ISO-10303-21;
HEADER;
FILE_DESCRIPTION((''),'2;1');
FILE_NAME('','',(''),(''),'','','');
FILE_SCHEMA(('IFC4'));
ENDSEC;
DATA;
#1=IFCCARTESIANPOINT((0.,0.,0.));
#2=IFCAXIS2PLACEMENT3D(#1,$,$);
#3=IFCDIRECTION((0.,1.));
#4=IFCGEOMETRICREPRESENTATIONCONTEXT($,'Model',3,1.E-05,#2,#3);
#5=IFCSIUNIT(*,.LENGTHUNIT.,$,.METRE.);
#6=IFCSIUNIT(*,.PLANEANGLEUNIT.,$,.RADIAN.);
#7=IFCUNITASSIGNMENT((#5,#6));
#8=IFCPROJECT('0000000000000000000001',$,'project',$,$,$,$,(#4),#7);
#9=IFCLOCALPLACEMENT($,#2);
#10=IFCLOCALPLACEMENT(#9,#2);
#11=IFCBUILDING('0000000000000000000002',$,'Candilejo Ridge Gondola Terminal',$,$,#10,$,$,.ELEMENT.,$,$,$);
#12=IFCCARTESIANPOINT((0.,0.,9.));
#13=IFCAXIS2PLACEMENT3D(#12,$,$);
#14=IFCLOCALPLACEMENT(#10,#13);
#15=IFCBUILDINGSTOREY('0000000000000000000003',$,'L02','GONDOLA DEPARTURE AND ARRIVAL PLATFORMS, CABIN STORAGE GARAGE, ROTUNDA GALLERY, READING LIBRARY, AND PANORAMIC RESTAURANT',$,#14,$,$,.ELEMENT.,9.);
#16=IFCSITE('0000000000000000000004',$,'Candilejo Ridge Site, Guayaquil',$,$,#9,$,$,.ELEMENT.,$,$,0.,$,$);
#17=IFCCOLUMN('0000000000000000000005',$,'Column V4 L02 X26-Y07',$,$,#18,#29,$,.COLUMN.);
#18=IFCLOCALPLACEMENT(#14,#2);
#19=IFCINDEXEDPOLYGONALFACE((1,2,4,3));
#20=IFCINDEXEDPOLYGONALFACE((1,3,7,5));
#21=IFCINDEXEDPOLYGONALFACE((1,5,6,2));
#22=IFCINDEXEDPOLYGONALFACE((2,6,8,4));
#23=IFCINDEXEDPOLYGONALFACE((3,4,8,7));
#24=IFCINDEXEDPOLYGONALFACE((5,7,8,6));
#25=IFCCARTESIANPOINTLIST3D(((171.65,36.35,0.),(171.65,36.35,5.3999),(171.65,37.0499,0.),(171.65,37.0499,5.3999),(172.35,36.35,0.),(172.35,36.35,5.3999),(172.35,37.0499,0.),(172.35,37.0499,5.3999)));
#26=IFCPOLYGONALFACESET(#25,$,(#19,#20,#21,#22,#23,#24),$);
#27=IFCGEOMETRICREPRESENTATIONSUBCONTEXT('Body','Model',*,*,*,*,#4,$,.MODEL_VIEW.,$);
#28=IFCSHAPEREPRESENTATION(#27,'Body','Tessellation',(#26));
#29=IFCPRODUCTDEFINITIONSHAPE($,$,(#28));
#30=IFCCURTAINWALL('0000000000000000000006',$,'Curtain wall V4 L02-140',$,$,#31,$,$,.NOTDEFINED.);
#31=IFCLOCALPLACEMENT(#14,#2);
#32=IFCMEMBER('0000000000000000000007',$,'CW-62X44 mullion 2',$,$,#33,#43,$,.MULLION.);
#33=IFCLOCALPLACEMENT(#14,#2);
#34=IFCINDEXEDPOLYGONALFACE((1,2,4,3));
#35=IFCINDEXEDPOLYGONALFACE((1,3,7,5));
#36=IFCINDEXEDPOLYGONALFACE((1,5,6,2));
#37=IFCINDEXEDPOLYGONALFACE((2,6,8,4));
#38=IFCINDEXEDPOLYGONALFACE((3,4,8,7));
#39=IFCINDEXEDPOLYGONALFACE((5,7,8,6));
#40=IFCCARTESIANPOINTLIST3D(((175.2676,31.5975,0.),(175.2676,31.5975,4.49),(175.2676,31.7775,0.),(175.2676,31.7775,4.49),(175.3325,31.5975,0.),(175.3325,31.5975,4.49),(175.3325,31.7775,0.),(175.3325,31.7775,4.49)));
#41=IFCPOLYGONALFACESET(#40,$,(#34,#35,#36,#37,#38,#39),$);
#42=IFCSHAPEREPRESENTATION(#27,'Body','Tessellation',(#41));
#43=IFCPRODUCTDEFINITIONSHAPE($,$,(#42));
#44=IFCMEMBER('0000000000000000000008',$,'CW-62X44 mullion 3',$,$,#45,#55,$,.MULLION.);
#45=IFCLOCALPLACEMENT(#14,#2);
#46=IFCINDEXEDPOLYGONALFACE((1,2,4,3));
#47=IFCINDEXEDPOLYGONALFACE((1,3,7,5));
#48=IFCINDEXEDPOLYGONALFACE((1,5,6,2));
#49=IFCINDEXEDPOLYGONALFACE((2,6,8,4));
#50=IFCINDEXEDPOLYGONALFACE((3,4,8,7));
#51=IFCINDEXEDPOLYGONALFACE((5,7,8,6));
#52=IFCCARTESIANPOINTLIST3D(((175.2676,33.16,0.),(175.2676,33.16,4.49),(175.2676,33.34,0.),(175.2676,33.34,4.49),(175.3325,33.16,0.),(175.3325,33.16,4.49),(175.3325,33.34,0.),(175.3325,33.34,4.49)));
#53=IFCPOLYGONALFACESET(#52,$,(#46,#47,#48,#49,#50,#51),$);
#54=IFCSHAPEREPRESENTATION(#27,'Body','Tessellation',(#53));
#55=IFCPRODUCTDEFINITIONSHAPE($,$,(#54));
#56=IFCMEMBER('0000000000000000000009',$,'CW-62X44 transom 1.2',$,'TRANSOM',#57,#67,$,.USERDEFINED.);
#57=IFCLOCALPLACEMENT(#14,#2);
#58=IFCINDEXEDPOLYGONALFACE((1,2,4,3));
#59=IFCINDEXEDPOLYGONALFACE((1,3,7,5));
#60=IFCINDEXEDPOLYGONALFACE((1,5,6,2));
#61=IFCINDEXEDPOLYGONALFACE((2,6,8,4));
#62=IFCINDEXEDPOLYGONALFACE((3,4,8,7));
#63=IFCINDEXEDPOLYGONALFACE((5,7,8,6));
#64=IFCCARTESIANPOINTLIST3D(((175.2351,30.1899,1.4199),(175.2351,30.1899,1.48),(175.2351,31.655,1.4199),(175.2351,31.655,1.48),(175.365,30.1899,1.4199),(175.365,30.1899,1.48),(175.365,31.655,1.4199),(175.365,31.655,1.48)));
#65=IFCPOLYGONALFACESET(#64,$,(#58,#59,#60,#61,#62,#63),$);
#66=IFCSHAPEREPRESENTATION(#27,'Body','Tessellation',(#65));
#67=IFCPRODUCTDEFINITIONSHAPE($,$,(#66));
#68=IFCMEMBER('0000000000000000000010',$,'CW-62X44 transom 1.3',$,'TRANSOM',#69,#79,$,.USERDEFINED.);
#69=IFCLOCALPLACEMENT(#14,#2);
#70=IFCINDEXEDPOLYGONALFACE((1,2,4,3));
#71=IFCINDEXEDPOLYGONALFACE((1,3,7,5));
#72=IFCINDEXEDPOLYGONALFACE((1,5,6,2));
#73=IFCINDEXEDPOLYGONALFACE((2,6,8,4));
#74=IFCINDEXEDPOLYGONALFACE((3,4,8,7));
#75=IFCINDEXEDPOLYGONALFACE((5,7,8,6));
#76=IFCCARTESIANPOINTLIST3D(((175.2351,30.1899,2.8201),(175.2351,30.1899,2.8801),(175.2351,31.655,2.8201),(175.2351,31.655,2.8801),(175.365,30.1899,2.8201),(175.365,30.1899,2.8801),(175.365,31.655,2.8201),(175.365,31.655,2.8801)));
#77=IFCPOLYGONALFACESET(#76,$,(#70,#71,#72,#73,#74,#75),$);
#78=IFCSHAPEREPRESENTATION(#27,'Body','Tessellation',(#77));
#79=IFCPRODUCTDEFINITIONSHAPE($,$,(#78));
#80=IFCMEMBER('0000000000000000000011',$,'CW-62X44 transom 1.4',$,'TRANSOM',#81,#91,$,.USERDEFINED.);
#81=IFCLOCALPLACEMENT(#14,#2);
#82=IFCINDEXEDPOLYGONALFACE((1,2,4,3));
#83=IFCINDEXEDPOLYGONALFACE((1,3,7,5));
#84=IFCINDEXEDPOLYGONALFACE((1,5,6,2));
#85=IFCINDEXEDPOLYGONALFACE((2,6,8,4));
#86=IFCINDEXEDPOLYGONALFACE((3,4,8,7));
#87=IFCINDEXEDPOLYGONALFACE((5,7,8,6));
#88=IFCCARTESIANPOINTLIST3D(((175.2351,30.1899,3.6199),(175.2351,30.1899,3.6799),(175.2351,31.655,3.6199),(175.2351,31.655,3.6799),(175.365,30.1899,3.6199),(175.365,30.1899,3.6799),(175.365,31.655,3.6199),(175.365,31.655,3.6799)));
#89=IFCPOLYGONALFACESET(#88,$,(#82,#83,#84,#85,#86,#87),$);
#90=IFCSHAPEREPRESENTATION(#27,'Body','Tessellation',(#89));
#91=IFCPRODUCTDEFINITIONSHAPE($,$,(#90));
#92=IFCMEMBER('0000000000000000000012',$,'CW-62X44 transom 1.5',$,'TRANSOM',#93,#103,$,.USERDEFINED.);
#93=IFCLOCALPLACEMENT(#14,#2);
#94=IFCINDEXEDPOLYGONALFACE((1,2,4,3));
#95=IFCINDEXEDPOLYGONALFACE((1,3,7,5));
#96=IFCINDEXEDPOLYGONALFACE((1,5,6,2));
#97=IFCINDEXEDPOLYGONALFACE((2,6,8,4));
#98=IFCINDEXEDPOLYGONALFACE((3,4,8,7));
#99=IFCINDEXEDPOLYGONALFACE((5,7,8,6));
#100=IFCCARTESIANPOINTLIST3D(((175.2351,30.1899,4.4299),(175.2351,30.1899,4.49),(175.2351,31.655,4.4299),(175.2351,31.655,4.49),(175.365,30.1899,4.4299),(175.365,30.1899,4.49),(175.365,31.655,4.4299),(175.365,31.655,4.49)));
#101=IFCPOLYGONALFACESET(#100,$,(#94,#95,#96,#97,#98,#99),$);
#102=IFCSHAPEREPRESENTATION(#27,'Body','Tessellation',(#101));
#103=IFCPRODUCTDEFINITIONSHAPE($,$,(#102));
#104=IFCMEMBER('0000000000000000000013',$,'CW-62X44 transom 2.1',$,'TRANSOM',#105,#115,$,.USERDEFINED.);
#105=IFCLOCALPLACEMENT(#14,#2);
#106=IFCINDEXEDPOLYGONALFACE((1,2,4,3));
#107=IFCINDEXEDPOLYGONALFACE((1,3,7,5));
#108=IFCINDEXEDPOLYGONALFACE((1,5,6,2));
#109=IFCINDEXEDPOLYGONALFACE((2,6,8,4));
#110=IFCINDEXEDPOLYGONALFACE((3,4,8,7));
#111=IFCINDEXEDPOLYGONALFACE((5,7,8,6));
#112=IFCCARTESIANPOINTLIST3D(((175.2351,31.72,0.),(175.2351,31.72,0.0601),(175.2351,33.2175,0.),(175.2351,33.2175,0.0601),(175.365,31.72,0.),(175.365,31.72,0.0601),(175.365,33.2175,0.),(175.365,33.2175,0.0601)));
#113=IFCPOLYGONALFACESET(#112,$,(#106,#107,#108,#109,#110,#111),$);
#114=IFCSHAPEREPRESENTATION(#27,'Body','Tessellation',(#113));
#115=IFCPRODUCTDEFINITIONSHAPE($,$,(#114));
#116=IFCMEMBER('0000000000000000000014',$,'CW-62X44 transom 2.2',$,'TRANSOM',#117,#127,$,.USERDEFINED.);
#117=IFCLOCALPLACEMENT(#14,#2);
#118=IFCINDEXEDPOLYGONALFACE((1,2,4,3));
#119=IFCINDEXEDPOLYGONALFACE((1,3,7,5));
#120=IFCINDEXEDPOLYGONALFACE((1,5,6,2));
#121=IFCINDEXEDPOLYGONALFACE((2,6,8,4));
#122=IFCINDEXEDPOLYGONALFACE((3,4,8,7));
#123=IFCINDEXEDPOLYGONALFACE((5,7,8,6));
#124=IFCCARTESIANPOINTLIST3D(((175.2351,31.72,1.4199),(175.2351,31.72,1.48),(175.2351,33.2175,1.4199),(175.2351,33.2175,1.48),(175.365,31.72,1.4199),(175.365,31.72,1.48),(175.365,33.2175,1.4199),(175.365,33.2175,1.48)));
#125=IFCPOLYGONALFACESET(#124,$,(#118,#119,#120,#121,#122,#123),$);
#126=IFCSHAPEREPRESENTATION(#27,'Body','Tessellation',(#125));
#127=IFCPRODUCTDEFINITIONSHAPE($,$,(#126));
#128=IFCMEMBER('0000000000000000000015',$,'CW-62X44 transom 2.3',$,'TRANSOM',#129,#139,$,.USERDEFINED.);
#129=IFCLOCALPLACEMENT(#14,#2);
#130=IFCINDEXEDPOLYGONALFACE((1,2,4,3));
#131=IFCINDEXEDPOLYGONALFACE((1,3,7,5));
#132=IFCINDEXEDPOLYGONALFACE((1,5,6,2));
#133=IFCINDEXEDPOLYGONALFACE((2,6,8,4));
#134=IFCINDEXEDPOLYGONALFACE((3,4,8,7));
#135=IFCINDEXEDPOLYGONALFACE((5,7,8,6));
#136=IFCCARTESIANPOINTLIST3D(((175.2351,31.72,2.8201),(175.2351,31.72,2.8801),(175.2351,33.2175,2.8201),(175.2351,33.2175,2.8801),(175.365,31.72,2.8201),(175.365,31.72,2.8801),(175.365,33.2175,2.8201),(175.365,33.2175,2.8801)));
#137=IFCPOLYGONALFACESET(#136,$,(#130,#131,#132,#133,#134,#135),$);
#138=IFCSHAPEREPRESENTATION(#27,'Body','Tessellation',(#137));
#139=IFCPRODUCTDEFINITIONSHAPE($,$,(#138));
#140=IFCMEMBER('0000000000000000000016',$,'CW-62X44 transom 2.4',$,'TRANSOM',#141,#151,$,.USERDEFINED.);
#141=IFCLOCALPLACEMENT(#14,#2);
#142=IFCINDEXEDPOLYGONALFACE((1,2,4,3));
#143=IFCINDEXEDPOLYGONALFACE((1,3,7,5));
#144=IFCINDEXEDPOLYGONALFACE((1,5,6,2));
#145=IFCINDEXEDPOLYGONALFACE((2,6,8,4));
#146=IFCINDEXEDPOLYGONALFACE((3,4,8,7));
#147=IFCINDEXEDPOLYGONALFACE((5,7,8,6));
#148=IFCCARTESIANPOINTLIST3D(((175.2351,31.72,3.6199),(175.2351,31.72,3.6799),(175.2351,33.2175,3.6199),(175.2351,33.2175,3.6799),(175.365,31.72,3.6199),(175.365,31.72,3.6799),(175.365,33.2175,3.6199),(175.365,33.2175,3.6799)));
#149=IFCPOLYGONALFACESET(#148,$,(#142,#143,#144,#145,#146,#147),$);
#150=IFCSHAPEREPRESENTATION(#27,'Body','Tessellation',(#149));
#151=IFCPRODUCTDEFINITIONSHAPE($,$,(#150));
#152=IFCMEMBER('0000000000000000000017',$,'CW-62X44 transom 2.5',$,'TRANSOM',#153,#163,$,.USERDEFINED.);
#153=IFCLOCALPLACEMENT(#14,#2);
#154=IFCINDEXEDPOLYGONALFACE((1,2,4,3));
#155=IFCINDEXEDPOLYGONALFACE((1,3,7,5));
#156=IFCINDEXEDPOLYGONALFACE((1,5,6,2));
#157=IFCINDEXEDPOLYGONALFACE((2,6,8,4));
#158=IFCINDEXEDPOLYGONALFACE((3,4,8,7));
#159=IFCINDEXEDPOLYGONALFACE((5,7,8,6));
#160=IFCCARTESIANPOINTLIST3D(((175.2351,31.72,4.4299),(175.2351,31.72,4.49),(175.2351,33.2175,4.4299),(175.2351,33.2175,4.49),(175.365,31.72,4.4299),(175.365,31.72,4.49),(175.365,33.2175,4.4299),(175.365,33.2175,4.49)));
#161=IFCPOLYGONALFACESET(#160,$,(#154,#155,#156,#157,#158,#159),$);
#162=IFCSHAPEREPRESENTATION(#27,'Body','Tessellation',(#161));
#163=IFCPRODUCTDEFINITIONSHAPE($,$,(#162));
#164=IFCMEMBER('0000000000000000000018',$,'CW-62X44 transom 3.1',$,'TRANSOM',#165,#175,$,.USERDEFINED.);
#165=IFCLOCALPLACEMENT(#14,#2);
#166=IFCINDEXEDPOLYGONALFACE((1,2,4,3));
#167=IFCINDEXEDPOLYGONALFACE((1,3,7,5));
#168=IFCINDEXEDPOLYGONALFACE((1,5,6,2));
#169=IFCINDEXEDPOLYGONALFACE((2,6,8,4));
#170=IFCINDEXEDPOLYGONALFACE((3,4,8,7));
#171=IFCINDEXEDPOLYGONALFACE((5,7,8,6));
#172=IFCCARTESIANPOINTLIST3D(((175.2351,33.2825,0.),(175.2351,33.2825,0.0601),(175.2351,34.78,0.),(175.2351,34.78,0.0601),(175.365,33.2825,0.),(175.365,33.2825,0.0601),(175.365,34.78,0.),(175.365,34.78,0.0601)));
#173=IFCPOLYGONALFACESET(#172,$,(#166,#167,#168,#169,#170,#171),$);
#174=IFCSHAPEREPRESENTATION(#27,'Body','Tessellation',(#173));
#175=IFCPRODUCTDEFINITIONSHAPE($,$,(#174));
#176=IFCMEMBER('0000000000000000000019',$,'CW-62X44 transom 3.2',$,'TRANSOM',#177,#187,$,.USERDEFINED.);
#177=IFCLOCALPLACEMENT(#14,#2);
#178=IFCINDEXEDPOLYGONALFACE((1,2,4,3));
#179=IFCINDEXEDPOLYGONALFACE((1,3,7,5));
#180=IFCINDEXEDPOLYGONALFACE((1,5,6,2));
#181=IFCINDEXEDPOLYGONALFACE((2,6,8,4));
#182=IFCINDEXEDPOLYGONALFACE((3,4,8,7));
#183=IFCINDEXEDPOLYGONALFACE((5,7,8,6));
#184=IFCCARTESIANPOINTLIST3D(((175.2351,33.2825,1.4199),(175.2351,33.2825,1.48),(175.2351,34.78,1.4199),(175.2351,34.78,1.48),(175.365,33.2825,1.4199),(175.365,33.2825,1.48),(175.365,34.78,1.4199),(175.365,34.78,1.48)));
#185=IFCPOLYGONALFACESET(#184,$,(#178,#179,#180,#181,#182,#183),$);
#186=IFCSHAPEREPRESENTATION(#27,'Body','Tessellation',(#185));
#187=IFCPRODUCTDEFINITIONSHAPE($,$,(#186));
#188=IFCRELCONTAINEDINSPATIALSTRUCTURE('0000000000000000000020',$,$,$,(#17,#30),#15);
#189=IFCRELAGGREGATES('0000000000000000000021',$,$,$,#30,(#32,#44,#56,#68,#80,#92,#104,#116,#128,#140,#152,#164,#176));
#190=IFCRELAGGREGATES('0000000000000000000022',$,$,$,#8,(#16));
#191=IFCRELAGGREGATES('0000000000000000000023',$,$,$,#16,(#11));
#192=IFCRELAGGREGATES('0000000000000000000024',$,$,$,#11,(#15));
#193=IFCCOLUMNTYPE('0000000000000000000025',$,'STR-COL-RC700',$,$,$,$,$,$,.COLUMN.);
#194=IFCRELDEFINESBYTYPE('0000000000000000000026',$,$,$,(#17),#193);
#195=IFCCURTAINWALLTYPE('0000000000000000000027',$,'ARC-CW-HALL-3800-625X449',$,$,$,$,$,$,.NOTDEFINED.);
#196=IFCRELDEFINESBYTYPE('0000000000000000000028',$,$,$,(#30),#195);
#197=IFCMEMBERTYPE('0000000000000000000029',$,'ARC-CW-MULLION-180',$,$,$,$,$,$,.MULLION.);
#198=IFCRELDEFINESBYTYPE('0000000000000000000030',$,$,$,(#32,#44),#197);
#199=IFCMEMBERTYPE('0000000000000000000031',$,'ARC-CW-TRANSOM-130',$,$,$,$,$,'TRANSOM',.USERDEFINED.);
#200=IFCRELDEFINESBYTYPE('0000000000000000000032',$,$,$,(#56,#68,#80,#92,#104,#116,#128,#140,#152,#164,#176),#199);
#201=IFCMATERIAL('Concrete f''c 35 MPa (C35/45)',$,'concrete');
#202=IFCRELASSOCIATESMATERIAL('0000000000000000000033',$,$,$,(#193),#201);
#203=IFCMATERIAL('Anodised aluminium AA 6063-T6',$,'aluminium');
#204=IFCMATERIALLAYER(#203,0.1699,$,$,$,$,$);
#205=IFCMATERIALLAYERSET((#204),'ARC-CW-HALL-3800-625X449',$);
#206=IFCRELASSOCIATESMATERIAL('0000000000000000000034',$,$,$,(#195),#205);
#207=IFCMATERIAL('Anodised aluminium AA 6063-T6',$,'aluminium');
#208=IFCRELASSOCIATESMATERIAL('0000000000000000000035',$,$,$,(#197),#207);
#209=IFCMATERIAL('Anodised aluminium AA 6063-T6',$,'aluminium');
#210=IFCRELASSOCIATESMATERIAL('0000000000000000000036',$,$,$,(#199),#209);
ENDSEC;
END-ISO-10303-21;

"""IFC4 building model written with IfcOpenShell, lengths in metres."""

from ifc_helpers import new_model, si_unit, direction, frame, origin, origin_2d, place, context, subcontext, project, spatial, rectangle, extrude, material, layer, layer_set, material_profile, profile_set, type_object, element, aggregate, save


model = new_model("IFC4")

# Units and contexts
model_context = context("Model", 3, precision=1e-05, world=origin(), true_north=direction((0.0, 1.0)))
body_context = subcontext(model_context, "Body", "Model", "MODEL_VIEW")
ifc_project = project(units=[si_unit("LENGTHUNIT", "METRE"), si_unit("PLANEANGLEUNIT", "RADIAN")], contexts=[model_context])

# Site, building, storey
site_placement = place(None, origin())
site = spatial("IfcSite", under=ifc_project, at=site_placement, Name="Candilejo Ridge Site, Guayaquil", CompositionType="ELEMENT", RefElevation=0.0)
building_placement = place(site_placement, origin())
building = spatial("IfcBuilding", under=site, at=building_placement, Name="Candilejo Ridge Gondola Terminal", CompositionType="ELEMENT")
storey_placement = place(building_placement, frame((0.0, 0.0, 9.0)))
storey = spatial("IfcBuildingStorey", under=building, at=storey_placement, Name="L02", Description="GONDOLA DEPARTURE AND ARRIVAL PLATFORMS, CABIN STORAGE GARAGE, ROTUNDA GALLERY, READING LIBRARY, AND PANORAMIC RESTAURANT", CompositionType="ELEMENT", Elevation=9.0)

# Column
ifc_material_1 = material(Name="Concrete f'c 35 MPa (C35/45)", Category="concrete")
ifc_material_profile_1 = material_profile(ifc_material_1, rectangle(XDim=0.7, YDim=0.7, at=origin_2d()))
ifc_profile_set_1 = profile_set([ifc_material_profile_1], Name="Concrete f'c 35 MPa (C35/45)")
column_type = type_object("IfcColumnType", Name="STR-COL-RC700", PredefinedType="COLUMN", material=ifc_profile_set_1)
column_placement = place(storey_placement, frame((172.0, 36.7, 0.0), z_axis=(0.0, 0.0, 1.0), x_axis=(1.0, 0.0, 0.0)))
element("IfcColumn", 1, at=column_placement, inside=storey, type_object=column_type, Name="Column V4 L02 X26-Y07", PredefinedType="COLUMN", context=body_context, shape_type="SweptSolid", body=[
    extrude(rectangle(XDim=0.7, YDim=0.7, at=origin_2d()), origin(), (0.0, 0.0, 1.0), 5.3999),
])

# Curtain wall, members
ifc_material_2 = material(Name="Anodised aluminium AA 6063-T6", Category="aluminium")
ifc_layer_1 = layer(ifc_material_2, 0.1699)
ifc_layer_set_1 = layer_set([ifc_layer_1], Name="ARC-CW-HALL-3800-625X449")
curtain_wall_type = type_object("IfcCurtainWallType", Name="ARC-CW-HALL-3800-625X449", PredefinedType="NOTDEFINED", material=ifc_layer_set_1)
curtain_wall_placement = place(storey_placement, origin())
curtain_wall = element("IfcCurtainWall", 2, at=curtain_wall_placement, inside=storey, type_object=curtain_wall_type, Name="Curtain wall V4 L02-140", PredefinedType="NOTDEFINED")
ifc_material_3 = material(Name="Anodised aluminium AA 6063-T6", Category="aluminium")
ifc_material_profile_2 = material_profile(ifc_material_3, rectangle(XDim=0.0649, YDim=0.1799, at=origin_2d()))
ifc_profile_set_2 = profile_set([ifc_material_profile_2], Name="Anodised aluminium AA 6063-T6")
member_type_1 = type_object("IfcMemberType", Name="ARC-CW-MULLION-180", PredefinedType="MULLION", material=ifc_profile_set_2)
member_1_placement = place(storey_placement, frame((175.3, 31.6875, 0.0), z_axis=(0.0, 0.0, 1.0), x_axis=(-1.0, 0.0, 0.0)))
member_1 = element("IfcMember", 3, at=member_1_placement, type_object=member_type_1, Name="CW-62X44 mullion 2", PredefinedType="MULLION", context=body_context, shape_type="SweptSolid", body=[
    extrude(rectangle(XDim=0.0649, YDim=0.1799, at=origin_2d()), origin(), (0.0, 0.0, 1.0), 4.49),
])
member_2_placement = place(storey_placement, frame((175.3, 33.25, 0.0), z_axis=(0.0, 0.0, 1.0), x_axis=(-1.0, 0.0, 0.0)))
member_2 = element("IfcMember", 4, at=member_2_placement, type_object=member_type_1, Name="CW-62X44 mullion 3", PredefinedType="MULLION", context=body_context, shape_type="SweptSolid", body=[
    extrude(rectangle(XDim=0.0649, YDim=0.1799, at=origin_2d()), origin(), (0.0, 0.0, 1.0), 4.49),
])
ifc_material_4 = material(Name="Anodised aluminium AA 6063-T6", Category="aluminium")
ifc_material_profile_3 = material_profile(ifc_material_4, rectangle(XDim=0.1299, YDim=0.0601, at=origin_2d()))
ifc_profile_set_3 = profile_set([ifc_material_profile_3], Name="Anodised aluminium AA 6063-T6")
member_type_2 = type_object("IfcMemberType", Name="ARC-CW-TRANSOM-130", ElementType="TRANSOM", PredefinedType="USERDEFINED", material=ifc_profile_set_3)
member_3_placement = place(storey_placement, frame((175.3, 30.1899, 1.45), z_axis=(0.0, 1.0, 0.0), x_axis=(-1.0, 0.0, 0.0)))
member_3 = element("IfcMember", 5, at=member_3_placement, type_object=member_type_2, Name="CW-62X44 transom 1.2", ObjectType="TRANSOM", PredefinedType="USERDEFINED", context=body_context, shape_type="SweptSolid", body=[
    extrude(rectangle(XDim=0.1299, YDim=0.0601, at=origin_2d()), origin(), (0.0, 0.0, 1.0), 1.4651),
])
member_4_placement = place(storey_placement, frame((175.3, 30.1899, 2.8501), z_axis=(0.0, 1.0, 0.0), x_axis=(-1.0, 0.0, 0.0)))
member_4 = element("IfcMember", 6, at=member_4_placement, type_object=member_type_2, Name="CW-62X44 transom 1.3", ObjectType="TRANSOM", PredefinedType="USERDEFINED", context=body_context, shape_type="SweptSolid", body=[
    extrude(rectangle(XDim=0.1299, YDim=0.0601, at=origin_2d()), origin(), (0.0, 0.0, 1.0), 1.4651),
])
member_5_placement = place(storey_placement, frame((175.3, 30.1899, 3.6499), z_axis=(0.0, 1.0, 0.0), x_axis=(-1.0, 0.0, 0.0)))
member_5 = element("IfcMember", 7, at=member_5_placement, type_object=member_type_2, Name="CW-62X44 transom 1.4", ObjectType="TRANSOM", PredefinedType="USERDEFINED", context=body_context, shape_type="SweptSolid", body=[
    extrude(rectangle(XDim=0.1299, YDim=0.0601, at=origin_2d()), origin(), (0.0, 0.0, 1.0), 1.4651),
])
member_6_placement = place(storey_placement, frame((175.3, 30.1899, 4.46), z_axis=(0.0, 1.0, 0.0), x_axis=(-1.0, 0.0, 0.0)))
member_6 = element("IfcMember", 8, at=member_6_placement, type_object=member_type_2, Name="CW-62X44 transom 1.5", ObjectType="TRANSOM", PredefinedType="USERDEFINED", context=body_context, shape_type="SweptSolid", body=[
    extrude(rectangle(XDim=0.1299, YDim=0.0601, at=origin_2d()), origin(), (0.0, 0.0, 1.0), 1.4651),
])
member_7_placement = place(storey_placement, frame((175.3, 31.72, 0.03), z_axis=(0.0, 1.0, 0.0), x_axis=(-1.0, 0.0, 0.0)))
member_7 = element("IfcMember", 9, at=member_7_placement, type_object=member_type_2, Name="CW-62X44 transom 2.1", ObjectType="TRANSOM", PredefinedType="USERDEFINED", context=body_context, shape_type="SweptSolid", body=[
    extrude(rectangle(XDim=0.1299, YDim=0.0601, at=origin_2d()), origin(), (0.0, 0.0, 1.0), 1.4976),
])
member_8_placement = place(storey_placement, frame((175.3, 31.72, 1.45), z_axis=(0.0, 1.0, 0.0), x_axis=(-1.0, 0.0, 0.0)))
member_8 = element("IfcMember", 10, at=member_8_placement, type_object=member_type_2, Name="CW-62X44 transom 2.2", ObjectType="TRANSOM", PredefinedType="USERDEFINED", context=body_context, shape_type="SweptSolid", body=[
    extrude(rectangle(XDim=0.1299, YDim=0.0601, at=origin_2d()), origin(), (0.0, 0.0, 1.0), 1.4976),
])
member_9_placement = place(storey_placement, frame((175.3, 31.72, 2.8501), z_axis=(0.0, 1.0, 0.0), x_axis=(-1.0, 0.0, 0.0)))
member_9 = element("IfcMember", 11, at=member_9_placement, type_object=member_type_2, Name="CW-62X44 transom 2.3", ObjectType="TRANSOM", PredefinedType="USERDEFINED", context=body_context, shape_type="SweptSolid", body=[
    extrude(rectangle(XDim=0.1299, YDim=0.0601, at=origin_2d()), origin(), (0.0, 0.0, 1.0), 1.4976),
])
member_10_placement = place(storey_placement, frame((175.3, 31.72, 3.6499), z_axis=(0.0, 1.0, 0.0), x_axis=(-1.0, 0.0, 0.0)))
member_10 = element("IfcMember", 12, at=member_10_placement, type_object=member_type_2, Name="CW-62X44 transom 2.4", ObjectType="TRANSOM", PredefinedType="USERDEFINED", context=body_context, shape_type="SweptSolid", body=[
    extrude(rectangle(XDim=0.1299, YDim=0.0601, at=origin_2d()), origin(), (0.0, 0.0, 1.0), 1.4976),
])
member_11_placement = place(storey_placement, frame((175.3, 31.72, 4.46), z_axis=(0.0, 1.0, 0.0), x_axis=(-1.0, 0.0, 0.0)))
member_11 = element("IfcMember", 13, at=member_11_placement, type_object=member_type_2, Name="CW-62X44 transom 2.5", ObjectType="TRANSOM", PredefinedType="USERDEFINED", context=body_context, shape_type="SweptSolid", body=[
    extrude(rectangle(XDim=0.1299, YDim=0.0601, at=origin_2d()), origin(), (0.0, 0.0, 1.0), 1.4976),
])
member_12_placement = place(storey_placement, frame((175.3, 33.2825, 0.03), z_axis=(0.0, 1.0, 0.0), x_axis=(-1.0, 0.0, 0.0)))
member_12 = element("IfcMember", 14, at=member_12_placement, type_object=member_type_2, Name="CW-62X44 transom 3.1", ObjectType="TRANSOM", PredefinedType="USERDEFINED", context=body_context, shape_type="SweptSolid", body=[
    extrude(rectangle(XDim=0.1299, YDim=0.0601, at=origin_2d()), origin(), (0.0, 0.0, 1.0), 1.4976),
])
member_13_placement = place(storey_placement, frame((175.3, 33.2825, 1.45), z_axis=(0.0, 1.0, 0.0), x_axis=(-1.0, 0.0, 0.0)))
member_13 = element("IfcMember", 15, at=member_13_placement, type_object=member_type_2, Name="CW-62X44 transom 3.2", ObjectType="TRANSOM", PredefinedType="USERDEFINED", context=body_context, shape_type="SweptSolid", body=[
    extrude(rectangle(XDim=0.1299, YDim=0.0601, at=origin_2d()), origin(), (0.0, 0.0, 1.0), 1.4976),
])

aggregate(curtain_wall, [member_1, member_2, member_3, member_4, member_5, member_6, member_7, member_8, member_9, member_10, member_11, member_12, member_13])

save(model, "model.ifc")
